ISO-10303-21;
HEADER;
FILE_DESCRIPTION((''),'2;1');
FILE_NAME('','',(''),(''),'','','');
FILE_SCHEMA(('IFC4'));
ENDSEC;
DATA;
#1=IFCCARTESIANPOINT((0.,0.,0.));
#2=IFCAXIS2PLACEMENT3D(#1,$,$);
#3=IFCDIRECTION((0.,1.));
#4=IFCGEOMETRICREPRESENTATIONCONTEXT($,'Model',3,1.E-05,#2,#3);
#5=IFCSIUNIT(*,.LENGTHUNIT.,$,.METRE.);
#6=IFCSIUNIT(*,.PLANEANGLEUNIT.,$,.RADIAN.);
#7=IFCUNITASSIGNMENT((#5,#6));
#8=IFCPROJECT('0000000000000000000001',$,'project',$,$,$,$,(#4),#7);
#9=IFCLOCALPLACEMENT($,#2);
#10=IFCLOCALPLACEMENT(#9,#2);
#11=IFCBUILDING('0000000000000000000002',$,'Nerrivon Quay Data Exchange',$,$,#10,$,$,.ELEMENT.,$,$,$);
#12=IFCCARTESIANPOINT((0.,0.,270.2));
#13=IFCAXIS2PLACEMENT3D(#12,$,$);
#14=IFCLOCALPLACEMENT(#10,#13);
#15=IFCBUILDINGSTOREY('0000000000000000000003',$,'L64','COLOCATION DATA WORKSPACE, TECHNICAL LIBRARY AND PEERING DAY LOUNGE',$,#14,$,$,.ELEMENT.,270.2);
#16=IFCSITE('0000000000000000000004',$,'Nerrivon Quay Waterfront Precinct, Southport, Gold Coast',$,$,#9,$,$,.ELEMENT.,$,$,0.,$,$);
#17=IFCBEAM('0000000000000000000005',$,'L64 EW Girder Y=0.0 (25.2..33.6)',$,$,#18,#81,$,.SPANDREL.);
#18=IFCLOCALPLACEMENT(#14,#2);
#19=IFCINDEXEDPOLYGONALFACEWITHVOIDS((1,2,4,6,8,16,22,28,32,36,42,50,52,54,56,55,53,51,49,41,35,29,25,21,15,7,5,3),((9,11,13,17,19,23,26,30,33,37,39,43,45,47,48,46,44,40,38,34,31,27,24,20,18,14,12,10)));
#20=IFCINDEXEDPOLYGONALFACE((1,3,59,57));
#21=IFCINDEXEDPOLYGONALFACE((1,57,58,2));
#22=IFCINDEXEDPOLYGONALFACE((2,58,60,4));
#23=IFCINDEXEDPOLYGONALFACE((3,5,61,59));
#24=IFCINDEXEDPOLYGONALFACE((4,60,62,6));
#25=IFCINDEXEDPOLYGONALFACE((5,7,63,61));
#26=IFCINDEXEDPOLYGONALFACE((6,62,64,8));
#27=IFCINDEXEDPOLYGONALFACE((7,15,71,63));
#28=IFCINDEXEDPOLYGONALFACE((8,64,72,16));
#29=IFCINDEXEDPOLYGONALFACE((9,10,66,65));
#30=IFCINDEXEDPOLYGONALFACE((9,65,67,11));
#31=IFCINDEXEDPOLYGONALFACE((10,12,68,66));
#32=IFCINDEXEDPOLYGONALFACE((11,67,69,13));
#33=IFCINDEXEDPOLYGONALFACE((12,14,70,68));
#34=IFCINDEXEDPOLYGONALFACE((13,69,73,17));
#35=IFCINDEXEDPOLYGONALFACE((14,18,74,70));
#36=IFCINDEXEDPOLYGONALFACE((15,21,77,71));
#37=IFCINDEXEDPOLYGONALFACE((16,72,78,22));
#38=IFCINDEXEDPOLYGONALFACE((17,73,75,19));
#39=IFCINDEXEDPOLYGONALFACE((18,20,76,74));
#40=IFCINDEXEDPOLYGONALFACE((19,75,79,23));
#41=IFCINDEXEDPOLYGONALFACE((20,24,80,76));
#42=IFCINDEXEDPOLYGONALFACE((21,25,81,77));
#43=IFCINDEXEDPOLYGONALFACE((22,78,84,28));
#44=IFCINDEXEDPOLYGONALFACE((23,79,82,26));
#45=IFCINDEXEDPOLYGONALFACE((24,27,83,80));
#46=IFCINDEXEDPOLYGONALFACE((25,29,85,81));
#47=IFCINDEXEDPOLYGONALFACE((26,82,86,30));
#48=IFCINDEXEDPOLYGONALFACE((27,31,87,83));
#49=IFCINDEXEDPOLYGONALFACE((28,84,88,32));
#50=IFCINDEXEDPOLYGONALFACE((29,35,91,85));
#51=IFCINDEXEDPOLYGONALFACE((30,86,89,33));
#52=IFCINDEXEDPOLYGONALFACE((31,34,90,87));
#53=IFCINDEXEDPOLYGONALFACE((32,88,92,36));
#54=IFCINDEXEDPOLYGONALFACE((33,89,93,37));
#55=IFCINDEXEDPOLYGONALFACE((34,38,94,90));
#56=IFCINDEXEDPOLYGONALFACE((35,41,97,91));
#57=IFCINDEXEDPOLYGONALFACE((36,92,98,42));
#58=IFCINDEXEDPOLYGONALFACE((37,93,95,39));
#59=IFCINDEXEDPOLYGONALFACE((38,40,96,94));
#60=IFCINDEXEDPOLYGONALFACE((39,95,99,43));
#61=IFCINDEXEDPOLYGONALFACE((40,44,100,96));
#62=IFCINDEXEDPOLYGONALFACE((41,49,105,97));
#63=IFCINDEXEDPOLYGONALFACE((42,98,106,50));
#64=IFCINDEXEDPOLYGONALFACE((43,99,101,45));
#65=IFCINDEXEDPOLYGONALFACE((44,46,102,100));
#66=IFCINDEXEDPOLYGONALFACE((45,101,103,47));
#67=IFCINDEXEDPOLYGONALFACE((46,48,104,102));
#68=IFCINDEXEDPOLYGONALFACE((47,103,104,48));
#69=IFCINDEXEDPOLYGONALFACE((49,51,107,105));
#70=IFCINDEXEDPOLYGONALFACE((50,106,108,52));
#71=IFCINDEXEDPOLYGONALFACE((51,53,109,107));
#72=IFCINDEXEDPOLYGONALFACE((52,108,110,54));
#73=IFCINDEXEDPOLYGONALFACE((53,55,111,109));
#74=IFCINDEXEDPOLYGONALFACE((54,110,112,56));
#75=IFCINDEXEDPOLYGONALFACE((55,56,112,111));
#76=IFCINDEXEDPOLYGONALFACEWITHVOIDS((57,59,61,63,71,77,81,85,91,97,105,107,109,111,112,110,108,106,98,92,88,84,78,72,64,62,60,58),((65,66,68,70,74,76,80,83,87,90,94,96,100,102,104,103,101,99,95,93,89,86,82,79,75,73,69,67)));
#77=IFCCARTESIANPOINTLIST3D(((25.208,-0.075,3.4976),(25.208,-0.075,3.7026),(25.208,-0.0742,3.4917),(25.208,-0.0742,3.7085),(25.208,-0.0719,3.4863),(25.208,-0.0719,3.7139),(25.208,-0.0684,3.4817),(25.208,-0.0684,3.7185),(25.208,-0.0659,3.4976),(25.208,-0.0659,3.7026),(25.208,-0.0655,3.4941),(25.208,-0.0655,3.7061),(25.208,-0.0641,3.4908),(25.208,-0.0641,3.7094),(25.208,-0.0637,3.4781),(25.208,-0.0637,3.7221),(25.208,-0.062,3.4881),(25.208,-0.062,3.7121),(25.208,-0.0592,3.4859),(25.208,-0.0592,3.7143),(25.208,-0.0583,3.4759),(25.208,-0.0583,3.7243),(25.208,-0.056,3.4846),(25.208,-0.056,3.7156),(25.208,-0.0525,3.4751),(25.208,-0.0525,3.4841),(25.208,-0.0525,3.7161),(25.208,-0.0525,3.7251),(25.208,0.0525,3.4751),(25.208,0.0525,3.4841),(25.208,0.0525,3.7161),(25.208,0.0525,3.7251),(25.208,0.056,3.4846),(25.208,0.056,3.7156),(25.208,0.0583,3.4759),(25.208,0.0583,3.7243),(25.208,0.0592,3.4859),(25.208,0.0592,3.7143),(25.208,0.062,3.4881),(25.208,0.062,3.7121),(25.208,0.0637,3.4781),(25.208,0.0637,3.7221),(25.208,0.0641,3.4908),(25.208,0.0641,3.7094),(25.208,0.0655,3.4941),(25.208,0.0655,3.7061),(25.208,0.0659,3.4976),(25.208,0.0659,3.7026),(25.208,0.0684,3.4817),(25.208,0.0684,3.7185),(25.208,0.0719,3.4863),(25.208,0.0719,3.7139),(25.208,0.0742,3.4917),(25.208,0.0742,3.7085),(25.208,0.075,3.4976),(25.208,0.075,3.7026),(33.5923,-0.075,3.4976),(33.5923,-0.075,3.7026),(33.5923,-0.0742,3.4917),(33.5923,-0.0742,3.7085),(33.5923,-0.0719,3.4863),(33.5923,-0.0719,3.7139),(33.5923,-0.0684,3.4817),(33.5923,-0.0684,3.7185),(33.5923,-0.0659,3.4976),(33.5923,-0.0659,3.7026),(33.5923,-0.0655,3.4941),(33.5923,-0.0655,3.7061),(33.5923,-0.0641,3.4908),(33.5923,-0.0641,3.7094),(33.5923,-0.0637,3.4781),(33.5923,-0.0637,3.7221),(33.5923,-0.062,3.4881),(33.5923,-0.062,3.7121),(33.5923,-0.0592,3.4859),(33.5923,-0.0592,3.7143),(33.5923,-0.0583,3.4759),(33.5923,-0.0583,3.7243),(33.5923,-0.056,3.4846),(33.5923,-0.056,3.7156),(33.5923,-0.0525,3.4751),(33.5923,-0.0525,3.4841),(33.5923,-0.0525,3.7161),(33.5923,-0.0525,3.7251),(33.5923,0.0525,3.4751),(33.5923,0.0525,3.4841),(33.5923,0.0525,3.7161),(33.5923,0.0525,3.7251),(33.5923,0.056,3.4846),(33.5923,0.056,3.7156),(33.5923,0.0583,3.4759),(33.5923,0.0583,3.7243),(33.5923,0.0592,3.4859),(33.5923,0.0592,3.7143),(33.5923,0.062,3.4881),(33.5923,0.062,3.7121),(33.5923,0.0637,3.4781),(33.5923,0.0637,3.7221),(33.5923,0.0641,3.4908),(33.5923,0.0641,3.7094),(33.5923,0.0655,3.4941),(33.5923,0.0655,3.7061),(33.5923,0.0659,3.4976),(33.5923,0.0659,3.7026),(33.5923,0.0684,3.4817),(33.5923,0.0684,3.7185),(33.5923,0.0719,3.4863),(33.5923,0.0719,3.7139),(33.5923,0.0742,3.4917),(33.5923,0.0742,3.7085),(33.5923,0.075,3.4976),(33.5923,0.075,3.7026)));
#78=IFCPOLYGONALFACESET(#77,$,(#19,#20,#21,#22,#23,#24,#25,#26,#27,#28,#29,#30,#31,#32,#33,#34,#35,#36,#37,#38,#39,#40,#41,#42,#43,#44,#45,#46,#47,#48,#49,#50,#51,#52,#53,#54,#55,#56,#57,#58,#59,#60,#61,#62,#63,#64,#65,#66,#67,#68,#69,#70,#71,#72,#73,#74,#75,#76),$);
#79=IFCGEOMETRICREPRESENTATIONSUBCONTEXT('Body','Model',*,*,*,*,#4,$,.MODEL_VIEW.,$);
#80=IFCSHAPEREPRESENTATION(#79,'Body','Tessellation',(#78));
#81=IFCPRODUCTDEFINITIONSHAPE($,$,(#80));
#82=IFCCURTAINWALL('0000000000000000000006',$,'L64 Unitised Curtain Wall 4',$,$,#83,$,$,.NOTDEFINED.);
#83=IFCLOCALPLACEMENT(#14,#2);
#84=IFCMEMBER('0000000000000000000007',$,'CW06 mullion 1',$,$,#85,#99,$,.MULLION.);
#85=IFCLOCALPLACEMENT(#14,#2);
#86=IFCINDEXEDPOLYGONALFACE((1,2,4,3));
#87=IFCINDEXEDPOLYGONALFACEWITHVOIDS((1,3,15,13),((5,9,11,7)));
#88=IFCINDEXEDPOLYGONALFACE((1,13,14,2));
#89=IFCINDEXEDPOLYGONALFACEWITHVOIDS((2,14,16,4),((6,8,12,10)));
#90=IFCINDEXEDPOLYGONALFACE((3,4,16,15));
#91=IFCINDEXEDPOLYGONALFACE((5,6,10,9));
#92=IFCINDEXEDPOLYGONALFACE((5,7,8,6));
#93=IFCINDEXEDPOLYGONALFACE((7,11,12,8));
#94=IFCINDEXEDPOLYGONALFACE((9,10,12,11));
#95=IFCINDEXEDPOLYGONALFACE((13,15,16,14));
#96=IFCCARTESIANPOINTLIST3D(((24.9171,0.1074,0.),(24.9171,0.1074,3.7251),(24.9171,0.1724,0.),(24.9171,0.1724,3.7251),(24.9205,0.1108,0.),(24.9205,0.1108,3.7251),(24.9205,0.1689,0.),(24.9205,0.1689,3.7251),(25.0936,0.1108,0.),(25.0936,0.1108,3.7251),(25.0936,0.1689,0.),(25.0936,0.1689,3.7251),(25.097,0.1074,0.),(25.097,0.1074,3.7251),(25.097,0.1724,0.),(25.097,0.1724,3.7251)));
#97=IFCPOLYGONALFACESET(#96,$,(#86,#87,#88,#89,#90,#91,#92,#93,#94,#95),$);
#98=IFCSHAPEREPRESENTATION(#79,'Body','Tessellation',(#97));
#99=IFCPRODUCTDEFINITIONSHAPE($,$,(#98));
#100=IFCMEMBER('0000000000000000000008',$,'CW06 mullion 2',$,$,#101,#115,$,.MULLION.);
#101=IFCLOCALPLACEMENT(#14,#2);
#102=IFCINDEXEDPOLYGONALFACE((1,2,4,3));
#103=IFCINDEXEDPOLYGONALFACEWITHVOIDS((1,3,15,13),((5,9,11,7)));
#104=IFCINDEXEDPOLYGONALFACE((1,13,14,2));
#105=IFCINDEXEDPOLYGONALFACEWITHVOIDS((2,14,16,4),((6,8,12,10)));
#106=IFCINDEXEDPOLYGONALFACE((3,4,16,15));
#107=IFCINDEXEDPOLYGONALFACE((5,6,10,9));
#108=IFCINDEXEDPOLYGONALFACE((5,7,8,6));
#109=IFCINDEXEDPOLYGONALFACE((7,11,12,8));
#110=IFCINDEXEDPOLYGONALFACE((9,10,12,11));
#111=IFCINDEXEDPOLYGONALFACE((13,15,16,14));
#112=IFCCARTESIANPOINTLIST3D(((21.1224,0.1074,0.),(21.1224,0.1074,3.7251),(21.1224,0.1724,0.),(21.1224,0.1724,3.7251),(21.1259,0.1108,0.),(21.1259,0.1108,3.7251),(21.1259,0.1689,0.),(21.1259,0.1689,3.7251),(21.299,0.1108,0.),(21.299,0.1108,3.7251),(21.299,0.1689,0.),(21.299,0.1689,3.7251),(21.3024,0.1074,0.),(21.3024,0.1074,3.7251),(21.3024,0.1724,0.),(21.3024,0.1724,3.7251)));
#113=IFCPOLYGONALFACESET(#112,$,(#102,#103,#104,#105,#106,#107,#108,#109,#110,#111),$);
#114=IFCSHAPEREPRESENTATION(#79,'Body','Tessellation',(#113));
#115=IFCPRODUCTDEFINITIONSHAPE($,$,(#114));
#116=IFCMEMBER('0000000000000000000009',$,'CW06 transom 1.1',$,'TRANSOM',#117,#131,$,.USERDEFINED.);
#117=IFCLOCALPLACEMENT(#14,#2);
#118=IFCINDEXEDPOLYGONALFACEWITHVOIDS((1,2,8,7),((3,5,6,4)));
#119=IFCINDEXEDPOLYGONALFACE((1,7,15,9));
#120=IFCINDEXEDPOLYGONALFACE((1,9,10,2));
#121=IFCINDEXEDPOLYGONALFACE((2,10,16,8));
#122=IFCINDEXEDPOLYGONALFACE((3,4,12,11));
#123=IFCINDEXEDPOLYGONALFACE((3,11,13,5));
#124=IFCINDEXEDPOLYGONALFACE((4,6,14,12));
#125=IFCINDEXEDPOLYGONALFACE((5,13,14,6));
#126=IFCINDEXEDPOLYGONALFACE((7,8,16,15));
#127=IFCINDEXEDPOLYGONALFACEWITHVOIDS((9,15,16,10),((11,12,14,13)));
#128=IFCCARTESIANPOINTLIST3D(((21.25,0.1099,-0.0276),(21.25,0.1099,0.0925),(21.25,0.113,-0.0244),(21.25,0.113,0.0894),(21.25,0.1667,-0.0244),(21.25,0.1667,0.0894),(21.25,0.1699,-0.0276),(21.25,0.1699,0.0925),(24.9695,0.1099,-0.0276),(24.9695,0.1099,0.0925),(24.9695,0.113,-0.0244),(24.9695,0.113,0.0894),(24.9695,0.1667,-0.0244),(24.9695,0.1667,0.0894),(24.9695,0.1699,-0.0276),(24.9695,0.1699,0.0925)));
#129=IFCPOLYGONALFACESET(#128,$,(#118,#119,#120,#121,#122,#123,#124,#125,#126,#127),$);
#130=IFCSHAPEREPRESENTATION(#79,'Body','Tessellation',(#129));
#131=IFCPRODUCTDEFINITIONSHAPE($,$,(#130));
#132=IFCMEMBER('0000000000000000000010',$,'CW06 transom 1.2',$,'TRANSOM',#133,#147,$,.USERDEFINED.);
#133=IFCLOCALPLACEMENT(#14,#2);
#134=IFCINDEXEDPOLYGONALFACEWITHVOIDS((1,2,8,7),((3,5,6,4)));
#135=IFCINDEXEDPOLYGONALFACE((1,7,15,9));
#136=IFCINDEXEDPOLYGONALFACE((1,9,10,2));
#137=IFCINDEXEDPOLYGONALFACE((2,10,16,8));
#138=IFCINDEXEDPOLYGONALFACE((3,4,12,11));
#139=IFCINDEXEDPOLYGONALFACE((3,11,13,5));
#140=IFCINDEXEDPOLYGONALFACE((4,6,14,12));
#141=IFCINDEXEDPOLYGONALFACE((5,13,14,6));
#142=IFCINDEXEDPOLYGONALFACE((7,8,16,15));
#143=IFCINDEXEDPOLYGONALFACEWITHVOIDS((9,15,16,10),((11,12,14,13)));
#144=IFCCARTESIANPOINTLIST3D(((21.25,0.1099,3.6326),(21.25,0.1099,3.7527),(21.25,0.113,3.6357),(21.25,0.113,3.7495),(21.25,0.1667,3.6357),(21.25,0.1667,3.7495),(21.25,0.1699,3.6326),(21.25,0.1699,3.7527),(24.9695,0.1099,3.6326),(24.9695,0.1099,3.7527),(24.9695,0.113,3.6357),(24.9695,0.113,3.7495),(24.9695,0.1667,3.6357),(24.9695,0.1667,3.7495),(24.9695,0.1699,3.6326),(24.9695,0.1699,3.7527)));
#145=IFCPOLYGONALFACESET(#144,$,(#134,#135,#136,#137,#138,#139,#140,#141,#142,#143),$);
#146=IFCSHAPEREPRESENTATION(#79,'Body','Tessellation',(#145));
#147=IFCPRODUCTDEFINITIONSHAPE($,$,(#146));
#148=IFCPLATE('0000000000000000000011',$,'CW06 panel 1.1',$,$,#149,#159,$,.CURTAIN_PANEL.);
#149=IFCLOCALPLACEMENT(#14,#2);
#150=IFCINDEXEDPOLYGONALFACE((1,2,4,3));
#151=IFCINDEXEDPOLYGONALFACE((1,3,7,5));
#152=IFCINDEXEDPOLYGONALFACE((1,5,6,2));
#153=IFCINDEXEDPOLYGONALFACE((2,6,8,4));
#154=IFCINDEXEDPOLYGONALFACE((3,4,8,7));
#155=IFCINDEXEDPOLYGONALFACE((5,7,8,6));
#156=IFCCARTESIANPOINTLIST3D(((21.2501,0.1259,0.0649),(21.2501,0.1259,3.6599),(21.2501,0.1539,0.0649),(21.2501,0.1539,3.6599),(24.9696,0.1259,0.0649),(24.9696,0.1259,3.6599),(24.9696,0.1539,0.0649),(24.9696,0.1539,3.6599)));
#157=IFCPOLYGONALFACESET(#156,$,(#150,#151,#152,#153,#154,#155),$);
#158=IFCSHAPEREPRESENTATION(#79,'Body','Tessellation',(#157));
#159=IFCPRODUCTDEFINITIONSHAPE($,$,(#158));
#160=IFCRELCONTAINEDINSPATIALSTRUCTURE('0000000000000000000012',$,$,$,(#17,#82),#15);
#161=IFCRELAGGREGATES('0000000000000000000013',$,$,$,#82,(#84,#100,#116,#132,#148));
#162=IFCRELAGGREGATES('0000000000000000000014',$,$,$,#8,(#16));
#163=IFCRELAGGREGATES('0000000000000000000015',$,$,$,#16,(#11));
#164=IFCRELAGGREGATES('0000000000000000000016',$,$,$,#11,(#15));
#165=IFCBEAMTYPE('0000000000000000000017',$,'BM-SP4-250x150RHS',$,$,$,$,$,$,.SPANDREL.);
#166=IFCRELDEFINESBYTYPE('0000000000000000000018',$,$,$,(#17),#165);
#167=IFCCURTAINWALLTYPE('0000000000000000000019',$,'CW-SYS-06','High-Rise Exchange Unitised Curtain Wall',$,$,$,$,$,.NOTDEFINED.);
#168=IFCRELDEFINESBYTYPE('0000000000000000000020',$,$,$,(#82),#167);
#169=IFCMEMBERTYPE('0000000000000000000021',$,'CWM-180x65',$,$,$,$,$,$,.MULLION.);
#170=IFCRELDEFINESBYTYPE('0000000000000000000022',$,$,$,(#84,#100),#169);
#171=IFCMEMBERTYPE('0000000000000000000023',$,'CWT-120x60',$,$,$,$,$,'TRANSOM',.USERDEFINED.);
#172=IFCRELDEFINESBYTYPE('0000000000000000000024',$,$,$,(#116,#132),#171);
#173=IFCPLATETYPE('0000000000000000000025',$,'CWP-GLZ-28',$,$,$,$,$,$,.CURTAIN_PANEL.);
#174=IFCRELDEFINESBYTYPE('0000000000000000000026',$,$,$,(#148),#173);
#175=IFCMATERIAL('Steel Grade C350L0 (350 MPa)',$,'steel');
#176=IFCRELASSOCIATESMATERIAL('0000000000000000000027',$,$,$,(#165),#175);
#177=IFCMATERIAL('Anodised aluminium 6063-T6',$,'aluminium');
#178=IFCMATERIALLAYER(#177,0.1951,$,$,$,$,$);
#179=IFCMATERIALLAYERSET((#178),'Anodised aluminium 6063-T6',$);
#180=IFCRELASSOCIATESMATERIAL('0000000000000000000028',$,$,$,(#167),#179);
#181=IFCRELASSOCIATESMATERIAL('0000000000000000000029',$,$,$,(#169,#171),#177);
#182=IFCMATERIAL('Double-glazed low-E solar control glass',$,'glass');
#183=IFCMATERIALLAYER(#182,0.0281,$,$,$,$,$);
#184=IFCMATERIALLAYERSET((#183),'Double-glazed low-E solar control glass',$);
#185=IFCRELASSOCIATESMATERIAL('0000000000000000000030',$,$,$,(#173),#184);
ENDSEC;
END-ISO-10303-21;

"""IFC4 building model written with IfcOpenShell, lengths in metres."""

from ifc_helpers import new_model, si_unit, direction, frame, origin, origin_2d, place, context, subcontext, project, spatial, rectangle, hollow_rectangle, extrude, material, layer, layer_set, material_profile, profile_set, type_object, element, aggregate, save


model = new_model("IFC4")

# Units and contexts
model_context = context("Model", 3, precision=1e-05, world=origin(), true_north=direction((0.0, 1.0)))
body_context = subcontext(model_context, "Body", "Model", "MODEL_VIEW")
ifc_project = project(units=[si_unit("LENGTHUNIT", "METRE"), si_unit("PLANEANGLEUNIT", "RADIAN")], contexts=[model_context])

# Site, building, storey
site_placement = place(None, origin())
site = spatial("IfcSite", under=ifc_project, at=site_placement, Name="Nerrivon Quay Waterfront Precinct, Southport, Gold Coast", CompositionType="ELEMENT", RefElevation=0.0)
building_placement = place(site_placement, origin())
building = spatial("IfcBuilding", under=site, at=building_placement, Name="Nerrivon Quay Data Exchange", CompositionType="ELEMENT")
storey_placement = place(building_placement, frame((0.0, 0.0, 270.2)))
storey = spatial("IfcBuildingStorey", under=building, at=storey_placement, Name="L64", Description="COLOCATION DATA WORKSPACE, TECHNICAL LIBRARY AND PEERING DAY LOUNGE", CompositionType="ELEMENT", Elevation=270.2)

# Beam
ifc_material_1 = material(Name="Steel Grade C350L0 (350 MPa)", Category="steel")
ifc_material_profile_1 = material_profile(ifc_material_1, hollow_rectangle(XDim=0.1499, YDim=0.25, WallThickness=0.009, InnerFilletRadius=0.0134, OuterFilletRadius=0.0225, at=origin_2d()), Name="250x150x9.0RHS")
ifc_profile_set_1 = profile_set([ifc_material_profile_1], Name="Steel Grade C350L0 (350 MPa)")
beam_type_1 = type_object("IfcBeamType", Name="BM-SP4-250x150RHS", PredefinedType="SPANDREL", material=ifc_profile_set_1)
for number, where, z_axis, x_axis, name in (
    (1, (25.208, 0.0, 3.6001), (1.0, 0.0, 0.0), (0.0, 1.0, 0.0), "L64 EW Girder Y=0.0 (25.2..33.6)"),
):
    element("IfcBeam", number, at=place(storey_placement, frame(where, z_axis=z_axis, x_axis=x_axis)), inside=storey, type_object=beam_type_1, Name=name, PredefinedType="SPANDREL", context=body_context, shape_type="SweptSolid", body=[
        extrude(hollow_rectangle(XDim=0.1499, YDim=0.25, WallThickness=0.009, InnerFilletRadius=0.0134, OuterFilletRadius=0.0225, at=origin_2d()), origin(), (0.0, 0.0, 1.0), 8.3843),
    ])

# Curtain wall, members, plate
ifc_material_2 = material(Name="Anodised aluminium 6063-T6", Category="aluminium")
ifc_layer_1 = layer(ifc_material_2, 0.1951)
ifc_layer_set_1 = layer_set([ifc_layer_1], Name="Anodised aluminium 6063-T6")
curtain_wall_type = type_object("IfcCurtainWallType", Name="CW-SYS-06", Description="High-Rise Exchange Unitised Curtain Wall", PredefinedType="NOTDEFINED", material=ifc_layer_set_1)
curtain_wall_placement = place(storey_placement, origin())
curtain_wall = element("IfcCurtainWall", 2, at=curtain_wall_placement, inside=storey, type_object=curtain_wall_type, Name="L64 Unitised Curtain Wall 4", PredefinedType="NOTDEFINED")
ifc_material_profile_2 = material_profile(ifc_material_2, hollow_rectangle(XDim=0.0649, YDim=0.1799, WallThickness=0.0034, at=origin_2d()), Name="ALU-MULL-180x65")
ifc_profile_set_2 = profile_set([ifc_material_profile_2], Name="Anodised aluminium 6063-T6")
member_type_1 = type_object("IfcMemberType", Name="CWM-180x65", PredefinedType="MULLION", material=ifc_profile_set_2)
member_1_placement = place(storey_placement, frame((25.0071, 0.1399, 0.0), z_axis=(0.0, 0.0, 1.0), x_axis=(0.0, -1.0, 0.0)))
member_1 = element("IfcMember", 3, at=member_1_placement, type_object=member_type_1, Name="CW06 mullion 1", PredefinedType="MULLION", context=body_context, shape_type="SweptSolid", body=[
    extrude(hollow_rectangle(XDim=0.0649, YDim=0.1799, WallThickness=0.0034, at=origin_2d()), origin(), (0.0, 0.0, 1.0), 3.7251),
])
member_2_placement = place(storey_placement, frame((21.2124, 0.1399, 0.0), z_axis=(0.0, 0.0, 1.0), x_axis=(0.0, -1.0, 0.0)))
member_2 = element("IfcMember", 4, at=member_2_placement, type_object=member_type_1, Name="CW06 mullion 2", PredefinedType="MULLION", context=body_context, shape_type="SweptSolid", body=[
    extrude(hollow_rectangle(XDim=0.0649, YDim=0.1799, WallThickness=0.0034, at=origin_2d()), origin(), (0.0, 0.0, 1.0), 3.7251),
])
ifc_material_profile_3 = material_profile(ifc_material_2, hollow_rectangle(XDim=0.0601, YDim=0.1201, WallThickness=0.0032, at=origin_2d()), Name="ALU-TRAN-120x60")
ifc_profile_set_3 = profile_set([ifc_material_profile_3], Name="Anodised aluminium 6063-T6")
member_type_2 = type_object("IfcMemberType", Name="CWT-120x60", ElementType="TRANSOM", PredefinedType="USERDEFINED", material=ifc_profile_set_3)
member_3_placement = place(storey_placement, frame((24.9695, 0.1399, 0.0325), z_axis=(-1.0, 0.0, 0.0), x_axis=(0.0, -1.0, 0.0)))
member_3 = element("IfcMember", 5, at=member_3_placement, type_object=member_type_2, Name="CW06 transom 1.1", ObjectType="TRANSOM", PredefinedType="USERDEFINED", context=body_context, shape_type="SweptSolid", body=[
    extrude(hollow_rectangle(XDim=0.0601, YDim=0.1201, WallThickness=0.0032, at=origin_2d()), origin(), (0.0, 0.0, 1.0), 3.7195),
])
member_4_placement = place(storey_placement, frame((24.9695, 0.1399, 3.6926), z_axis=(-1.0, 0.0, 0.0), x_axis=(0.0, -1.0, 0.0)))
member_4 = element("IfcMember", 6, at=member_4_placement, type_object=member_type_2, Name="CW06 transom 1.2", ObjectType="TRANSOM", PredefinedType="USERDEFINED", context=body_context, shape_type="SweptSolid", body=[
    extrude(hollow_rectangle(XDim=0.0601, YDim=0.1201, WallThickness=0.0032, at=origin_2d()), origin(), (0.0, 0.0, 1.0), 3.7195),
])
ifc_material_3 = material(Name="Double-glazed low-E solar control glass", Category="glass")
ifc_layer_2 = layer(ifc_material_3, 0.0281)
ifc_layer_set_2 = layer_set([ifc_layer_2], Name="Double-glazed low-E solar control glass")
plate_type = type_object("IfcPlateType", Name="CWP-GLZ-28", PredefinedType="CURTAIN_PANEL", material=ifc_layer_set_2)
plate_placement = place(storey_placement, frame((23.1099, 0.1399, 0.0649), z_axis=(0.0, 0.0, 1.0), x_axis=(-1.0, 0.0, 0.0)))
plate = element("IfcPlate", 7, at=plate_placement, type_object=plate_type, Name="CW06 panel 1.1", PredefinedType="CURTAIN_PANEL", context=body_context, shape_type="SweptSolid", body=[
    extrude(rectangle(XDim=3.7195, YDim=0.0281, at=origin_2d()), origin(), (0.0, 0.0, 1.0), 3.595),
])
aggregate(curtain_wall, [member_1, member_2, member_3, member_4, plate])

save(model, "model.ifc")
